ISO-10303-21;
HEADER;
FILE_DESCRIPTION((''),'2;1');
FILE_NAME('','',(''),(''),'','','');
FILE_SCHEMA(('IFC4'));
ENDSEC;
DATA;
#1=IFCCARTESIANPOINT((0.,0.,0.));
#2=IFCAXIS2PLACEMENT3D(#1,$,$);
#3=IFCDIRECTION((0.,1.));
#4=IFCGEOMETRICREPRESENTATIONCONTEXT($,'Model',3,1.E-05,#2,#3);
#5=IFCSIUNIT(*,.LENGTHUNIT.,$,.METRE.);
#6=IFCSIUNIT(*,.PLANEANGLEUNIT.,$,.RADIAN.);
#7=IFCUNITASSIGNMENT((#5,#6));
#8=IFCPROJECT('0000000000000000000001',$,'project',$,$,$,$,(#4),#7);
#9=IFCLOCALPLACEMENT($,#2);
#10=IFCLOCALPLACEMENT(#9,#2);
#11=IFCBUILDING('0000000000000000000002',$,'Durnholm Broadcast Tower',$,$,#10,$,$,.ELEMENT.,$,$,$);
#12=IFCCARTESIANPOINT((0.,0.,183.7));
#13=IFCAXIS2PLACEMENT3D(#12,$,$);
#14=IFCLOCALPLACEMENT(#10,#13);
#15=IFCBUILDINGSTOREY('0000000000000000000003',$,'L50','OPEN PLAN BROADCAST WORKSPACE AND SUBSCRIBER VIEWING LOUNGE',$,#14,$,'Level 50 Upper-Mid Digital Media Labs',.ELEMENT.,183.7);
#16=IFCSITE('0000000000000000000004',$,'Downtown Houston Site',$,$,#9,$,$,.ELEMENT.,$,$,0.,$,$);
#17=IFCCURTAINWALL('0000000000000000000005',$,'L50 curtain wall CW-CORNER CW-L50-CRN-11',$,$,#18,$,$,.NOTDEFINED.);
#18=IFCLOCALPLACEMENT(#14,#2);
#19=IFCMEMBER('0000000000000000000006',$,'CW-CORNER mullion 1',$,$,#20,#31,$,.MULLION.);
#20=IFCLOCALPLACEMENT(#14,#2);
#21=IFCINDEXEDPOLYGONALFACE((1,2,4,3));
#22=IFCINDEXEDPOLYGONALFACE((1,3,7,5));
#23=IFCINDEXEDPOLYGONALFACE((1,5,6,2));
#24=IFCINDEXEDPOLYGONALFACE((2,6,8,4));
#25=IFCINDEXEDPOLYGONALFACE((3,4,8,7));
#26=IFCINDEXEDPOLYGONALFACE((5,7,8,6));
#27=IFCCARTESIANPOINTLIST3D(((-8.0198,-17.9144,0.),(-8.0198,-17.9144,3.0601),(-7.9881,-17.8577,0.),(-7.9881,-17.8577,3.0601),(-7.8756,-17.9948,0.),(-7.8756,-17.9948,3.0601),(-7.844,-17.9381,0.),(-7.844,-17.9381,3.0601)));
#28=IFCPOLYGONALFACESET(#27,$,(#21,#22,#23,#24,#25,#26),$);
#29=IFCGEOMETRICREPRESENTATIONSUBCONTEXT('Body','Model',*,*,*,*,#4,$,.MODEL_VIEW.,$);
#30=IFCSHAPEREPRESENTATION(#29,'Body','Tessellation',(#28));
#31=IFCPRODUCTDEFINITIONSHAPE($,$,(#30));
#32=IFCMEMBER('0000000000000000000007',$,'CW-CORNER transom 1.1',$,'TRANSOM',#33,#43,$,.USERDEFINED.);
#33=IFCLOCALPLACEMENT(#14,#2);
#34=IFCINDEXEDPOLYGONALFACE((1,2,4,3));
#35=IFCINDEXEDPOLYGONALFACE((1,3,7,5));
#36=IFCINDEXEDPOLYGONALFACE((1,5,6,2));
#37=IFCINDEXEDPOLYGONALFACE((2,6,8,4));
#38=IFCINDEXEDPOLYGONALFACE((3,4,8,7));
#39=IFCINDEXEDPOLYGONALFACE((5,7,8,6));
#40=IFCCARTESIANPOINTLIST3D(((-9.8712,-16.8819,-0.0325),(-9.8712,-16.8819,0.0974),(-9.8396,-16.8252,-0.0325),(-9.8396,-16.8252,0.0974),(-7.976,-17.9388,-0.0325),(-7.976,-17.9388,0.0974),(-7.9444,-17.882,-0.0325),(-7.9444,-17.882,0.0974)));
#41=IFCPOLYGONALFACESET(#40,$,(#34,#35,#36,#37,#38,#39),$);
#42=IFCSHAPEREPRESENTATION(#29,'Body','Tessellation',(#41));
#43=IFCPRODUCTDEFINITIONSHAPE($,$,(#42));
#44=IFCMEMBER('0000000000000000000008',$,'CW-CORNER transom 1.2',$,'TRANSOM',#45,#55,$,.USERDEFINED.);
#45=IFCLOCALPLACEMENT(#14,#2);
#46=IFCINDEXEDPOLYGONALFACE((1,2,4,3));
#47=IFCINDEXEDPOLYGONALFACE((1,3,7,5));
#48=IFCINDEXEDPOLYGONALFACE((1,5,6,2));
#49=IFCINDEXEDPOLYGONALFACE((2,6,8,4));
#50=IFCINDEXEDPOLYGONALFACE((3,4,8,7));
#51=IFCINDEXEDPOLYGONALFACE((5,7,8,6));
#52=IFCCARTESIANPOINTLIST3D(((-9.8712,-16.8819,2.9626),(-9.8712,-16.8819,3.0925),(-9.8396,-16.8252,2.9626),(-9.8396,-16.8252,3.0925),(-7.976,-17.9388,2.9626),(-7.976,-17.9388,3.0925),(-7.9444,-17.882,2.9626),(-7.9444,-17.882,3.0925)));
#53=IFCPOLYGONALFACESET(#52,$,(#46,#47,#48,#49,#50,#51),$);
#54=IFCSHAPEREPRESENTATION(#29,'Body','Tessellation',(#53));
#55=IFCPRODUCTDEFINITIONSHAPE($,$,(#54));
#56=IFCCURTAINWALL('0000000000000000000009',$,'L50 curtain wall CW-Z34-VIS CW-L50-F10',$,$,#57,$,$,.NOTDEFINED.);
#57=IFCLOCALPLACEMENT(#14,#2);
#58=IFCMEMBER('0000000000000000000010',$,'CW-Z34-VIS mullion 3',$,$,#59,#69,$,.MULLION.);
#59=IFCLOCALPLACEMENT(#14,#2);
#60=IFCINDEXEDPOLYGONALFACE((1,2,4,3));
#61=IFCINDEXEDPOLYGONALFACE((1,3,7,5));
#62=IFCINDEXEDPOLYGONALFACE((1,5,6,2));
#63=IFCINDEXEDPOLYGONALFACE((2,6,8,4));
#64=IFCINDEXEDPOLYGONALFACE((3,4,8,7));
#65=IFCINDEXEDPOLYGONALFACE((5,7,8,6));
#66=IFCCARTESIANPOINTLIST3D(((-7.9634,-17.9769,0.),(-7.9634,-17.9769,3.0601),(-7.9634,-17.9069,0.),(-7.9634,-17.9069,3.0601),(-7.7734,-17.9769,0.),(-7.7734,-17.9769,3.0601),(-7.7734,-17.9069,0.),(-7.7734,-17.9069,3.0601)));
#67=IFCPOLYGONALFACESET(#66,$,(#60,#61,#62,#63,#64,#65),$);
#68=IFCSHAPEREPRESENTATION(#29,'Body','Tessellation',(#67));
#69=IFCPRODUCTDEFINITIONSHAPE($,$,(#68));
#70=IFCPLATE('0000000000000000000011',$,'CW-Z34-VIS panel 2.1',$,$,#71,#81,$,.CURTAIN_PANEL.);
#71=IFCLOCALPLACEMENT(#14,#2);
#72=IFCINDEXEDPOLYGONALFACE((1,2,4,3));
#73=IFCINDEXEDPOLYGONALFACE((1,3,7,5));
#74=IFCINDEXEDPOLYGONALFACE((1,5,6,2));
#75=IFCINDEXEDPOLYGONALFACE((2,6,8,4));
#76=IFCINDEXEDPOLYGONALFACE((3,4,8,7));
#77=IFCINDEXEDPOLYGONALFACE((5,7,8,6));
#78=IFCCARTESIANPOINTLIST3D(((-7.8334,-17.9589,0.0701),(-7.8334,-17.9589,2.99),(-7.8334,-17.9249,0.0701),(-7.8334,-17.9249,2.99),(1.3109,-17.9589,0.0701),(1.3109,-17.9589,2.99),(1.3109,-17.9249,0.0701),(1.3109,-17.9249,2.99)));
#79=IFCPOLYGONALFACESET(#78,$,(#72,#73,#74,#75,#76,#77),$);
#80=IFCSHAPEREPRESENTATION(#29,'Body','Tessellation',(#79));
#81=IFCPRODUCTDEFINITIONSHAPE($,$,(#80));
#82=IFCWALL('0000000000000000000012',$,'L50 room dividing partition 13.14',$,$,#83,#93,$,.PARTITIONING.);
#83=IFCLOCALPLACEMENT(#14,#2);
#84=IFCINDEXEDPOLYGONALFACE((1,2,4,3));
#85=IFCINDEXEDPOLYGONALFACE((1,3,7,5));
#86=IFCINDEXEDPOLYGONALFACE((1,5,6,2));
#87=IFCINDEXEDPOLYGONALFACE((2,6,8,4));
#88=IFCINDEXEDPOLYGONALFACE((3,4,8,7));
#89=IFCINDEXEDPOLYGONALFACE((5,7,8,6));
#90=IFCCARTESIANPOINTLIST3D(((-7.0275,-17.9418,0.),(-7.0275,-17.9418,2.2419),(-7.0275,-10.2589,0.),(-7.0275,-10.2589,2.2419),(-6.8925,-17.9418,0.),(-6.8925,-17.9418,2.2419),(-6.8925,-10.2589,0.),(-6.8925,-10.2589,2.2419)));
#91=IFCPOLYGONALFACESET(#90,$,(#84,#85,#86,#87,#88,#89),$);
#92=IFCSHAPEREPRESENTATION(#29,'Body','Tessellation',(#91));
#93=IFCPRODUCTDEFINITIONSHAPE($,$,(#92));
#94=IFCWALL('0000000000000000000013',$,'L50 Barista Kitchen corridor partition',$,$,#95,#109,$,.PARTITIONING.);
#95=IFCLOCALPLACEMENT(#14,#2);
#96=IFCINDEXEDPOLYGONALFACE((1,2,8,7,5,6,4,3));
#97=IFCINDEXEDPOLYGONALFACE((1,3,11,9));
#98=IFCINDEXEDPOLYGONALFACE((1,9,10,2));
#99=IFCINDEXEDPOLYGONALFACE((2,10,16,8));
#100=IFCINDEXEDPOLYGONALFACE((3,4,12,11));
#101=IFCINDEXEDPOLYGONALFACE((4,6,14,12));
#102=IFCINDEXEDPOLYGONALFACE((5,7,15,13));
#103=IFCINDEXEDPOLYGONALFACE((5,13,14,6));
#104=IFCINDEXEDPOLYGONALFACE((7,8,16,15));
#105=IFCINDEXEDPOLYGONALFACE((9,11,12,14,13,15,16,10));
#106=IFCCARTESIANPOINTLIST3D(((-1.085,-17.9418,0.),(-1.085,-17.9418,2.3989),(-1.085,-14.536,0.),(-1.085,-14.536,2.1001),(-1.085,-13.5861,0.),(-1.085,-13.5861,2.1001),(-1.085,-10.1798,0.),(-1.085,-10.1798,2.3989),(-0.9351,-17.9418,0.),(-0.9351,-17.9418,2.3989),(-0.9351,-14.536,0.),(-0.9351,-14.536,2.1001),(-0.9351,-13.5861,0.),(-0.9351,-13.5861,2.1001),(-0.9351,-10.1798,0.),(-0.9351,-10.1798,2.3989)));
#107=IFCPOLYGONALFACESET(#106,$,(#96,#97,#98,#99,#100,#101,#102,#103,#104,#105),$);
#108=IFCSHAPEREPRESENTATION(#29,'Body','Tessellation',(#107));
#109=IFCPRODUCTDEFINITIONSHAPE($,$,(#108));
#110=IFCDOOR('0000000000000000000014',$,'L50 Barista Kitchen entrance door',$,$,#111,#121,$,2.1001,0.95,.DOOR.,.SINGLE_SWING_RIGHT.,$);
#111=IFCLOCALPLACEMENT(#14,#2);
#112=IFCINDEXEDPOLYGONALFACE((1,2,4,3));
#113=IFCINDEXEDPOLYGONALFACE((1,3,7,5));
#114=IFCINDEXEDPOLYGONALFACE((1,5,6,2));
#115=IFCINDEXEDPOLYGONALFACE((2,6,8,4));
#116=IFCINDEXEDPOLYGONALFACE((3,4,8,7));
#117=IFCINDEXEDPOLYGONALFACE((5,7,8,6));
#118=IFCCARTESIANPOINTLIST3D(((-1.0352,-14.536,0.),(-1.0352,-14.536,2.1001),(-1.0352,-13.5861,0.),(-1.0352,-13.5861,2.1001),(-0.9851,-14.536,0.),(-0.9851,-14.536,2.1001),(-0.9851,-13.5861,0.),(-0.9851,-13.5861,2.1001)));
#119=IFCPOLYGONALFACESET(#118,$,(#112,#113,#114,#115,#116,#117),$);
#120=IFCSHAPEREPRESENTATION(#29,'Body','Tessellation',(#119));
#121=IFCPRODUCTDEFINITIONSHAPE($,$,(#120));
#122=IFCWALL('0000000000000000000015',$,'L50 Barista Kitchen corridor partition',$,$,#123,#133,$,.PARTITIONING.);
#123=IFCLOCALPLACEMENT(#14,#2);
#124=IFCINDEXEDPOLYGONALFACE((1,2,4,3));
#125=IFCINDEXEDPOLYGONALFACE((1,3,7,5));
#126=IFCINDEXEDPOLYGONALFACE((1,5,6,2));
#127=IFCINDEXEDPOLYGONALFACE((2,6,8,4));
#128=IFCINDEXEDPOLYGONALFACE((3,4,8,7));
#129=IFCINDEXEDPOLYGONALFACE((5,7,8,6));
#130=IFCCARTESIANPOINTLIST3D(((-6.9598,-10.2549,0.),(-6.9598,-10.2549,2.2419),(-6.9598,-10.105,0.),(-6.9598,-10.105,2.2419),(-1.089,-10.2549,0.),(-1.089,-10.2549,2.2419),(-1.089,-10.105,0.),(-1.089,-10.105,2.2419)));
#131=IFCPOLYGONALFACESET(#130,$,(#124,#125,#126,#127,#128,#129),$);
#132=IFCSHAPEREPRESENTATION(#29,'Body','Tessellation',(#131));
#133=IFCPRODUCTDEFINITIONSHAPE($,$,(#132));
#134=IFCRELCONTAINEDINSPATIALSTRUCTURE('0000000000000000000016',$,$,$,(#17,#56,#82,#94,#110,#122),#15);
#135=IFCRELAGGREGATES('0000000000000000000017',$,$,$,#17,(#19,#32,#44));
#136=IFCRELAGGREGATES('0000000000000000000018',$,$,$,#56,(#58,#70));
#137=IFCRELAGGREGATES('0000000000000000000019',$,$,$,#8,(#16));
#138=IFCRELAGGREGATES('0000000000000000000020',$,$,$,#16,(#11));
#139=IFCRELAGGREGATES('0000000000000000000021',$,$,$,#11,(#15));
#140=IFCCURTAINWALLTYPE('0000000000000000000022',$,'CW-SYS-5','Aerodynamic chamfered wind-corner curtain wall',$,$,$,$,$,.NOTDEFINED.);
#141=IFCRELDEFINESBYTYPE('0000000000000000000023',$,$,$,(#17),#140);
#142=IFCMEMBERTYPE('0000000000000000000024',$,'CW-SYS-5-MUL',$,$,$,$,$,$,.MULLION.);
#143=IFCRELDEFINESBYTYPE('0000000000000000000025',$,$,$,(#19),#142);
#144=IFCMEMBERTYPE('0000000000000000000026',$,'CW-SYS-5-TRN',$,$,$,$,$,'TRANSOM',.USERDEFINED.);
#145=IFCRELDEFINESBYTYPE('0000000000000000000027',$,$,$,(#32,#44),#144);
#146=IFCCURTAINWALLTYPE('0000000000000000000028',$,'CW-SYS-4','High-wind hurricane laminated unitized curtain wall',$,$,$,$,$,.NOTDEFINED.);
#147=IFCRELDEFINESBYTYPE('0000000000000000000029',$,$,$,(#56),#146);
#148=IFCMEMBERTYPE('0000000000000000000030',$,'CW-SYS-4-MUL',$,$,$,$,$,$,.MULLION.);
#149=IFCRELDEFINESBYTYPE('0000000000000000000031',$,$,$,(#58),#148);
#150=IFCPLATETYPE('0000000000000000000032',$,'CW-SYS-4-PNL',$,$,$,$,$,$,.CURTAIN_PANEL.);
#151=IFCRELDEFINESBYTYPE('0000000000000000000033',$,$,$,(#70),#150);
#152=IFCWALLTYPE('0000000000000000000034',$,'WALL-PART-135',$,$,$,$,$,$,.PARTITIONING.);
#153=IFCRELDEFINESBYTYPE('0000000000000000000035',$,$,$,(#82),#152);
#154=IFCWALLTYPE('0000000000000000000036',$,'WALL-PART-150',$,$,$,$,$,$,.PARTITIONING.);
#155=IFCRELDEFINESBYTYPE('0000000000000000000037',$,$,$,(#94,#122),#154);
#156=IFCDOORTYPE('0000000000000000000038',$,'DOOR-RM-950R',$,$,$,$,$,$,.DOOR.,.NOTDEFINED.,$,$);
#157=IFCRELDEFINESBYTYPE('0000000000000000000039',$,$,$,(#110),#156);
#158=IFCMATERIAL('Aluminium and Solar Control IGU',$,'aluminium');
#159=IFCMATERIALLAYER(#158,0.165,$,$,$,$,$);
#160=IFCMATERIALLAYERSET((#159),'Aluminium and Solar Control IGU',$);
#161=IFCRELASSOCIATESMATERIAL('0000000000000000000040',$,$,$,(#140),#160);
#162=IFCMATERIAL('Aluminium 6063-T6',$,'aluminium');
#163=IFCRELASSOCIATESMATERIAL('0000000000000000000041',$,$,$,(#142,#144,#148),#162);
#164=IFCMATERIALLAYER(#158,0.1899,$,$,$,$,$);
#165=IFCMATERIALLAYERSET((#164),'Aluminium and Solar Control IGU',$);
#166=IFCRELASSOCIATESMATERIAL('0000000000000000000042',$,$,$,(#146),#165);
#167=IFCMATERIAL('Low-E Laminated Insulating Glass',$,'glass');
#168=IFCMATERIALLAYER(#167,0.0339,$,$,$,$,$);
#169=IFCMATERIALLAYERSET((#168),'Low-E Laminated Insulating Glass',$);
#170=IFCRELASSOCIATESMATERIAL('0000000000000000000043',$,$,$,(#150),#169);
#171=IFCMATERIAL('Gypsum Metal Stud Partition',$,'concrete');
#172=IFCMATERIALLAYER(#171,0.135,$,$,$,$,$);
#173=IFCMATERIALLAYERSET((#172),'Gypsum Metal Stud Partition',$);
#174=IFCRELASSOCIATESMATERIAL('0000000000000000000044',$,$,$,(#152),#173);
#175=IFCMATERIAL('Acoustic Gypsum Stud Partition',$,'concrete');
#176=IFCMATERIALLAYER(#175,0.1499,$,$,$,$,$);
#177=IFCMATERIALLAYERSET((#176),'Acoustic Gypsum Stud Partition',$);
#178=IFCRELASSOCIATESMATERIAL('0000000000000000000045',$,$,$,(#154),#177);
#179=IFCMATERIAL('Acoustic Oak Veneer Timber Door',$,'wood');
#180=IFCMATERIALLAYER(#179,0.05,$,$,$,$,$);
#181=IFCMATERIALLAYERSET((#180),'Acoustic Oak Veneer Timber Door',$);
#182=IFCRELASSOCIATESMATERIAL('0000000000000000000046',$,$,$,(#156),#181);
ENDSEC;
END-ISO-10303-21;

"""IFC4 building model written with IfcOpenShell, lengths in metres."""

from ifc_helpers import new_model, si_unit, direction, frame, frame_2d, origin, origin_2d, place, context, subcontext, project, spatial, rectangle, extrude, source, transform, mapped, material, layer, layer_set, material_profile, profile_set, type_object, type_shapes, element, fill, aggregate, save


model = new_model("IFC4")

# Units and contexts
model_context = context("Model", 3, precision=1e-05, world=origin(), true_north=direction((0.0, 1.0)))
body_context = subcontext(model_context, "Body", "Model", "MODEL_VIEW")
ifc_project = project(units=[si_unit("LENGTHUNIT", "METRE"), si_unit("PLANEANGLEUNIT", "RADIAN")], contexts=[model_context])

# Site, building, storey
site_placement = place(None, origin())
site = spatial("IfcSite", under=ifc_project, at=site_placement, Name="Downtown Houston Site", CompositionType="ELEMENT", RefElevation=0.0)
building_placement = place(site_placement, origin())
building = spatial("IfcBuilding", under=site, at=building_placement, Name="Durnholm Broadcast Tower", CompositionType="ELEMENT")
storey_placement = place(building_placement, frame((0.0, 0.0, 183.7)))
storey = spatial("IfcBuildingStorey", under=building, at=storey_placement, Name="L50", Description="OPEN PLAN BROADCAST WORKSPACE AND SUBSCRIBER VIEWING LOUNGE", LongName="Level 50 Upper-Mid Digital Media Labs", CompositionType="ELEMENT", Elevation=183.7)

# Curtain wall, members
ifc_material_1 = material(Name="Aluminium and Solar Control IGU", Category="aluminium")
ifc_layer_1 = layer(ifc_material_1, 0.165)
ifc_layer_set_1 = layer_set([ifc_layer_1], Name="Aluminium and Solar Control IGU")
curtain_wall_type_1 = type_object("IfcCurtainWallType", Name="CW-SYS-5", Description="Aerodynamic chamfered wind-corner curtain wall", PredefinedType="NOTDEFINED", material=ifc_layer_set_1)
curtain_wall_1_placement = place(storey_placement, origin())
curtain_wall_1 = element("IfcCurtainWall", 1, at=curtain_wall_1_placement, inside=storey, type_object=curtain_wall_type_1, Name="L50 curtain wall CW-CORNER CW-L50-CRN-11", PredefinedType="NOTDEFINED")
ifc_material_2 = material(Name="Aluminium 6063-T6", Category="aluminium")
ifc_material_profile_1 = material_profile(ifc_material_2, rectangle(XDim=0.0649, YDim=0.165, at=origin_2d()), Name="CWM65X165")
ifc_profile_set_1 = profile_set([ifc_material_profile_1], Name="Aluminium 6063-T6")
member_type_1 = type_object("IfcMemberType", Name="CW-SYS-5-MUL", PredefinedType="MULLION", material=ifc_profile_set_1)
shared_shape_1 = source(origin(), body_context, "Body", "SweptSolid", [
    extrude(rectangle(XDim=0.0649, YDim=0.165, at=origin_2d()), origin(), (0.0, 0.0, 1.0), 3.0601),
])
type_shapes(member_type_1, [shared_shape_1])
member_1_placement = place(storey_placement, frame((-7.9319, -17.9263, 0.0), z_axis=(0.0, 0.0, 1.0), x_axis=(-0.486986, -0.87341, 0.0)))
member_1 = element("IfcMember", 2, at=member_1_placement, type_object=member_type_1, Name="CW-CORNER mullion 1", PredefinedType="MULLION", context=body_context, shape_type="MappedRepresentation", body=[
    mapped(shared_shape_1, transform((0.0, 0.0, 0.0), x_axis=(1.0, 0.0, 0.0), y_axis=(0.0, 1.0, 0.0), z_axis=(0.0, 0.0, 1.0), scale=1.0)),
])
ifc_material_profile_2 = material_profile(ifc_material_2, rectangle(XDim=0.0649, YDim=0.1299, at=origin_2d()), Name="CWT65X130")
ifc_profile_set_2 = profile_set([ifc_material_profile_2], Name="Aluminium 6063-T6")
member_type_2 = type_object("IfcMemberType", Name="CW-SYS-5-TRN", ElementType="TRANSOM", PredefinedType="USERDEFINED", material=ifc_profile_set_2)
shared_shape_2 = source(origin(), body_context, "Body", "SweptSolid", [
    extrude(rectangle(XDim=0.0649, YDim=0.1299, at=origin_2d()), origin(), (0.0, 0.0, 1.0), 2.1699),
])
type_shapes(member_type_2, [shared_shape_2])
member_2_placement = place(storey_placement, frame((-7.9602, -17.9104, 0.0325), z_axis=(-0.873381, 0.487037, 0.0), x_axis=(-0.487037, -0.873381, 0.0)))
member_2 = element("IfcMember", 3, at=member_2_placement, type_object=member_type_2, Name="CW-CORNER transom 1.1", ObjectType="TRANSOM", PredefinedType="USERDEFINED", context=body_context, shape_type="MappedRepresentation", body=[
    mapped(shared_shape_2, transform((0.0, 0.0, 0.0), x_axis=(1.0, 0.0, 0.0), y_axis=(0.0, 1.0, 0.0), z_axis=(0.0, 0.0, 1.0), scale=1.0)),
])
member_3_placement = place(storey_placement, frame((-7.9602, -17.9104, 3.0276), z_axis=(-0.873381, 0.487037, 0.0), x_axis=(-0.487037, -0.873381, 0.0)))
member_3 = element("IfcMember", 4, at=member_3_placement, type_object=member_type_2, Name="CW-CORNER transom 1.2", ObjectType="TRANSOM", PredefinedType="USERDEFINED", context=body_context, shape_type="MappedRepresentation", body=[
    mapped(shared_shape_2, transform((0.0, 0.0, 0.0), x_axis=(1.0, 0.0, 0.0), y_axis=(0.0, 1.0, 0.0), z_axis=(0.0, 0.0, 1.0), scale=1.0)),
])
aggregate(curtain_wall_1, [member_1, member_2, member_3])

# Curtain wall, member, plate
ifc_layer_2 = layer(ifc_material_1, 0.1899)
ifc_layer_set_2 = layer_set([ifc_layer_2], Name="Aluminium and Solar Control IGU")
curtain_wall_type_2 = type_object("IfcCurtainWallType", Name="CW-SYS-4", Description="High-wind hurricane laminated unitized curtain wall", PredefinedType="NOTDEFINED", material=ifc_layer_set_2)
curtain_wall_2_placement = place(storey_placement, origin())
curtain_wall_2 = element("IfcCurtainWall", 5, at=curtain_wall_2_placement, inside=storey, type_object=curtain_wall_type_2, Name="L50 curtain wall CW-Z34-VIS CW-L50-F10", PredefinedType="NOTDEFINED")
ifc_material_profile_3 = material_profile(ifc_material_2, rectangle(XDim=0.0701, YDim=0.1899, at=origin_2d()), Name="CWM70X190")
ifc_profile_set_3 = profile_set([ifc_material_profile_3], Name="Aluminium 6063-T6")
member_type_3 = type_object("IfcMemberType", Name="CW-SYS-4-MUL", PredefinedType="MULLION", material=ifc_profile_set_3)
shared_shape_3 = source(origin(), body_context, "Body", "SweptSolid", [
    extrude(rectangle(XDim=0.0701, YDim=0.1899, at=origin_2d()), origin(), (0.0, 0.0, 1.0), 3.0601),
])
type_shapes(member_type_3, [shared_shape_3])
member_4_placement = place(storey_placement, frame((-7.8684, -17.9419, 0.0), z_axis=(0.0, 0.0, 1.0), x_axis=(0.0, -1.0, 0.0)))
member_4 = element("IfcMember", 6, at=member_4_placement, type_object=member_type_3, Name="CW-Z34-VIS mullion 3", PredefinedType="MULLION", context=body_context, shape_type="MappedRepresentation", body=[
    mapped(shared_shape_3, transform((0.0, 0.0, 0.0), x_axis=(1.0, 0.0, 0.0), y_axis=(0.0, 1.0, 0.0), z_axis=(0.0, 0.0, 1.0), scale=1.0)),
])
ifc_material_3 = material(Name="Low-E Laminated Insulating Glass", Category="glass")
ifc_layer_3 = layer(ifc_material_3, 0.0339)
ifc_layer_set_3 = layer_set([ifc_layer_3], Name="Low-E Laminated Insulating Glass")
plate_type = type_object("IfcPlateType", Name="CW-SYS-4-PNL", PredefinedType="CURTAIN_PANEL", material=ifc_layer_set_3)
shared_shape_4 = source(origin(), body_context, "Body", "SweptSolid", [
    extrude(rectangle(XDim=9.1443, YDim=0.0339, at=origin_2d()), origin(), (0.0, 0.0, 1.0), 2.9199),
])
type_shapes(plate_type, [shared_shape_4])
plate_placement = place(storey_placement, frame((-3.2612, -17.9419, 0.0701), z_axis=(0.0, 0.0, 1.0), x_axis=(-1.0, 0.0, 0.0)))
plate = element("IfcPlate", 7, at=plate_placement, type_object=plate_type, Name="CW-Z34-VIS panel 2.1", PredefinedType="CURTAIN_PANEL", context=body_context, shape_type="MappedRepresentation", body=[
    mapped(shared_shape_4, transform((0.0, 0.0, 0.0), x_axis=(1.0, 0.0, 0.0), y_axis=(0.0, 1.0, 0.0), z_axis=(0.0, 0.0, 1.0), scale=1.0)),
])
aggregate(curtain_wall_2, [member_4, plate])

# Wall
ifc_material_4 = material(Name="Gypsum Metal Stud Partition", Category="concrete")
ifc_layer_4 = layer(ifc_material_4, 0.135)
ifc_layer_set_4 = layer_set([ifc_layer_4], Name="Gypsum Metal Stud Partition")
wall_type_1 = type_object("IfcWallType", Name="WALL-PART-135", PredefinedType="PARTITIONING", material=ifc_layer_set_4)
wall_1_placement = place(storey_placement, frame((-6.96, -10.259, 0.0), z_axis=(0.0, 0.0, 1.0), x_axis=(0.0, -1.0, 0.0)))
element("IfcWall", 8, at=wall_1_placement, inside=storey, type_object=wall_type_1, Name="L50 room dividing partition 13.14", PredefinedType="PARTITIONING", context=body_context, shape_type="SweptSolid", body=[
    extrude(rectangle(XDim=7.6829, YDim=0.135, at=frame_2d((3.8413, 0.0))), origin(), (0.0, 0.0, 1.0), 2.2419),
])

# Wall, opening, door
ifc_material_5 = material(Name="Acoustic Gypsum Stud Partition", Category="concrete")
ifc_layer_5 = layer(ifc_material_5, 0.1499)
ifc_layer_set_5 = layer_set([ifc_layer_5], Name="Acoustic Gypsum Stud Partition")
wall_type_2 = type_object("IfcWallType", Name="WALL-PART-150", PredefinedType="PARTITIONING", material=ifc_layer_set_5)
wall_2_placement = place(storey_placement, frame((-1.01, -10.1799, 0.0), z_axis=(0.0, 0.0, 1.0), x_axis=(0.0, -1.0, 0.0)))
wall_2 = element("IfcWall", 9, at=wall_2_placement, inside=storey, type_object=wall_type_2, Name="L50 Barista Kitchen corridor partition", PredefinedType="PARTITIONING", context=body_context, shape_type="SweptSolid", body=[
    extrude(rectangle(XDim=7.762, YDim=0.1499, at=frame_2d((3.8809, 0.0))), origin(), (0.0, 0.0, 1.0), 2.3989),
])
opening_placement = place(wall_2_placement, frame((3.406, 0.0, 0.0)))
opening = element("IfcOpeningElement", 10, at=opening_placement, cuts=wall_2, PredefinedType="OPENING", context=body_context, shape_type="SweptSolid", body=[
    extrude(rectangle(XDim=0.95, YDim=2.1001, at=frame_2d((0.4751, 1.05))), frame((0.0, 0.085, 0.0), z_axis=(0.0, -1.0, 0.0), x_axis=(1.0, 0.0, 0.0)), (0.0, 0.0, 1.0), 0.1699),
])
ifc_material_6 = material(Name="Acoustic Oak Veneer Timber Door", Category="wood")
ifc_layer_6 = layer(ifc_material_6, 0.05)
ifc_layer_set_6 = layer_set([ifc_layer_6], Name="Acoustic Oak Veneer Timber Door")
door_type = type_object("IfcDoorType", Name="DOOR-RM-950R", OperationType="NOTDEFINED", PredefinedType="DOOR", material=ifc_layer_set_6)
shared_shape_5 = source(origin(), body_context, "Body", "SweptSolid", [
    extrude(rectangle(XDim=0.95, YDim=2.1001, at=frame_2d((0.4751, 1.05))), frame((0.0, 0.0249, 0.0), z_axis=(0.0, -1.0, 0.0), x_axis=(1.0, 0.0, 0.0)), (0.0, 0.0, 1.0), 0.05),
])
type_shapes(door_type, [shared_shape_5])
door_placement = place(opening_placement, origin())
door = element("IfcDoor", 11, at=door_placement, inside=storey, type_object=door_type, Name="L50 Barista Kitchen entrance door", OperationType="SINGLE_SWING_RIGHT", OverallHeight=2.1001, OverallWidth=0.95, PredefinedType="DOOR", context=body_context, shape_type="MappedRepresentation", body=[
    mapped(shared_shape_5, transform((0.0, 0.0, 0.0), x_axis=(1.0, 0.0, 0.0), y_axis=(0.0, 1.0, 0.0), z_axis=(0.0, 0.0, 1.0), scale=1.0)),
])
fill(opening, door)

# Wall
wall_3_placement = place(storey_placement, frame((-6.96, -10.1799, 0.0), z_axis=(0.0, 0.0, 1.0), x_axis=(1.0, 0.0, 0.0)))
element("IfcWall", 12, at=wall_3_placement, inside=storey, type_object=wall_type_2, Name="L50 Barista Kitchen corridor partition", PredefinedType="PARTITIONING", context=body_context, shape_type="SweptSolid", body=[
    extrude(rectangle(XDim=5.8708, YDim=0.1499, at=frame_2d((2.9355, 0.0))), origin(), (0.0, 0.0, 1.0), 2.2419),
])

save(model, "model.ifc")
